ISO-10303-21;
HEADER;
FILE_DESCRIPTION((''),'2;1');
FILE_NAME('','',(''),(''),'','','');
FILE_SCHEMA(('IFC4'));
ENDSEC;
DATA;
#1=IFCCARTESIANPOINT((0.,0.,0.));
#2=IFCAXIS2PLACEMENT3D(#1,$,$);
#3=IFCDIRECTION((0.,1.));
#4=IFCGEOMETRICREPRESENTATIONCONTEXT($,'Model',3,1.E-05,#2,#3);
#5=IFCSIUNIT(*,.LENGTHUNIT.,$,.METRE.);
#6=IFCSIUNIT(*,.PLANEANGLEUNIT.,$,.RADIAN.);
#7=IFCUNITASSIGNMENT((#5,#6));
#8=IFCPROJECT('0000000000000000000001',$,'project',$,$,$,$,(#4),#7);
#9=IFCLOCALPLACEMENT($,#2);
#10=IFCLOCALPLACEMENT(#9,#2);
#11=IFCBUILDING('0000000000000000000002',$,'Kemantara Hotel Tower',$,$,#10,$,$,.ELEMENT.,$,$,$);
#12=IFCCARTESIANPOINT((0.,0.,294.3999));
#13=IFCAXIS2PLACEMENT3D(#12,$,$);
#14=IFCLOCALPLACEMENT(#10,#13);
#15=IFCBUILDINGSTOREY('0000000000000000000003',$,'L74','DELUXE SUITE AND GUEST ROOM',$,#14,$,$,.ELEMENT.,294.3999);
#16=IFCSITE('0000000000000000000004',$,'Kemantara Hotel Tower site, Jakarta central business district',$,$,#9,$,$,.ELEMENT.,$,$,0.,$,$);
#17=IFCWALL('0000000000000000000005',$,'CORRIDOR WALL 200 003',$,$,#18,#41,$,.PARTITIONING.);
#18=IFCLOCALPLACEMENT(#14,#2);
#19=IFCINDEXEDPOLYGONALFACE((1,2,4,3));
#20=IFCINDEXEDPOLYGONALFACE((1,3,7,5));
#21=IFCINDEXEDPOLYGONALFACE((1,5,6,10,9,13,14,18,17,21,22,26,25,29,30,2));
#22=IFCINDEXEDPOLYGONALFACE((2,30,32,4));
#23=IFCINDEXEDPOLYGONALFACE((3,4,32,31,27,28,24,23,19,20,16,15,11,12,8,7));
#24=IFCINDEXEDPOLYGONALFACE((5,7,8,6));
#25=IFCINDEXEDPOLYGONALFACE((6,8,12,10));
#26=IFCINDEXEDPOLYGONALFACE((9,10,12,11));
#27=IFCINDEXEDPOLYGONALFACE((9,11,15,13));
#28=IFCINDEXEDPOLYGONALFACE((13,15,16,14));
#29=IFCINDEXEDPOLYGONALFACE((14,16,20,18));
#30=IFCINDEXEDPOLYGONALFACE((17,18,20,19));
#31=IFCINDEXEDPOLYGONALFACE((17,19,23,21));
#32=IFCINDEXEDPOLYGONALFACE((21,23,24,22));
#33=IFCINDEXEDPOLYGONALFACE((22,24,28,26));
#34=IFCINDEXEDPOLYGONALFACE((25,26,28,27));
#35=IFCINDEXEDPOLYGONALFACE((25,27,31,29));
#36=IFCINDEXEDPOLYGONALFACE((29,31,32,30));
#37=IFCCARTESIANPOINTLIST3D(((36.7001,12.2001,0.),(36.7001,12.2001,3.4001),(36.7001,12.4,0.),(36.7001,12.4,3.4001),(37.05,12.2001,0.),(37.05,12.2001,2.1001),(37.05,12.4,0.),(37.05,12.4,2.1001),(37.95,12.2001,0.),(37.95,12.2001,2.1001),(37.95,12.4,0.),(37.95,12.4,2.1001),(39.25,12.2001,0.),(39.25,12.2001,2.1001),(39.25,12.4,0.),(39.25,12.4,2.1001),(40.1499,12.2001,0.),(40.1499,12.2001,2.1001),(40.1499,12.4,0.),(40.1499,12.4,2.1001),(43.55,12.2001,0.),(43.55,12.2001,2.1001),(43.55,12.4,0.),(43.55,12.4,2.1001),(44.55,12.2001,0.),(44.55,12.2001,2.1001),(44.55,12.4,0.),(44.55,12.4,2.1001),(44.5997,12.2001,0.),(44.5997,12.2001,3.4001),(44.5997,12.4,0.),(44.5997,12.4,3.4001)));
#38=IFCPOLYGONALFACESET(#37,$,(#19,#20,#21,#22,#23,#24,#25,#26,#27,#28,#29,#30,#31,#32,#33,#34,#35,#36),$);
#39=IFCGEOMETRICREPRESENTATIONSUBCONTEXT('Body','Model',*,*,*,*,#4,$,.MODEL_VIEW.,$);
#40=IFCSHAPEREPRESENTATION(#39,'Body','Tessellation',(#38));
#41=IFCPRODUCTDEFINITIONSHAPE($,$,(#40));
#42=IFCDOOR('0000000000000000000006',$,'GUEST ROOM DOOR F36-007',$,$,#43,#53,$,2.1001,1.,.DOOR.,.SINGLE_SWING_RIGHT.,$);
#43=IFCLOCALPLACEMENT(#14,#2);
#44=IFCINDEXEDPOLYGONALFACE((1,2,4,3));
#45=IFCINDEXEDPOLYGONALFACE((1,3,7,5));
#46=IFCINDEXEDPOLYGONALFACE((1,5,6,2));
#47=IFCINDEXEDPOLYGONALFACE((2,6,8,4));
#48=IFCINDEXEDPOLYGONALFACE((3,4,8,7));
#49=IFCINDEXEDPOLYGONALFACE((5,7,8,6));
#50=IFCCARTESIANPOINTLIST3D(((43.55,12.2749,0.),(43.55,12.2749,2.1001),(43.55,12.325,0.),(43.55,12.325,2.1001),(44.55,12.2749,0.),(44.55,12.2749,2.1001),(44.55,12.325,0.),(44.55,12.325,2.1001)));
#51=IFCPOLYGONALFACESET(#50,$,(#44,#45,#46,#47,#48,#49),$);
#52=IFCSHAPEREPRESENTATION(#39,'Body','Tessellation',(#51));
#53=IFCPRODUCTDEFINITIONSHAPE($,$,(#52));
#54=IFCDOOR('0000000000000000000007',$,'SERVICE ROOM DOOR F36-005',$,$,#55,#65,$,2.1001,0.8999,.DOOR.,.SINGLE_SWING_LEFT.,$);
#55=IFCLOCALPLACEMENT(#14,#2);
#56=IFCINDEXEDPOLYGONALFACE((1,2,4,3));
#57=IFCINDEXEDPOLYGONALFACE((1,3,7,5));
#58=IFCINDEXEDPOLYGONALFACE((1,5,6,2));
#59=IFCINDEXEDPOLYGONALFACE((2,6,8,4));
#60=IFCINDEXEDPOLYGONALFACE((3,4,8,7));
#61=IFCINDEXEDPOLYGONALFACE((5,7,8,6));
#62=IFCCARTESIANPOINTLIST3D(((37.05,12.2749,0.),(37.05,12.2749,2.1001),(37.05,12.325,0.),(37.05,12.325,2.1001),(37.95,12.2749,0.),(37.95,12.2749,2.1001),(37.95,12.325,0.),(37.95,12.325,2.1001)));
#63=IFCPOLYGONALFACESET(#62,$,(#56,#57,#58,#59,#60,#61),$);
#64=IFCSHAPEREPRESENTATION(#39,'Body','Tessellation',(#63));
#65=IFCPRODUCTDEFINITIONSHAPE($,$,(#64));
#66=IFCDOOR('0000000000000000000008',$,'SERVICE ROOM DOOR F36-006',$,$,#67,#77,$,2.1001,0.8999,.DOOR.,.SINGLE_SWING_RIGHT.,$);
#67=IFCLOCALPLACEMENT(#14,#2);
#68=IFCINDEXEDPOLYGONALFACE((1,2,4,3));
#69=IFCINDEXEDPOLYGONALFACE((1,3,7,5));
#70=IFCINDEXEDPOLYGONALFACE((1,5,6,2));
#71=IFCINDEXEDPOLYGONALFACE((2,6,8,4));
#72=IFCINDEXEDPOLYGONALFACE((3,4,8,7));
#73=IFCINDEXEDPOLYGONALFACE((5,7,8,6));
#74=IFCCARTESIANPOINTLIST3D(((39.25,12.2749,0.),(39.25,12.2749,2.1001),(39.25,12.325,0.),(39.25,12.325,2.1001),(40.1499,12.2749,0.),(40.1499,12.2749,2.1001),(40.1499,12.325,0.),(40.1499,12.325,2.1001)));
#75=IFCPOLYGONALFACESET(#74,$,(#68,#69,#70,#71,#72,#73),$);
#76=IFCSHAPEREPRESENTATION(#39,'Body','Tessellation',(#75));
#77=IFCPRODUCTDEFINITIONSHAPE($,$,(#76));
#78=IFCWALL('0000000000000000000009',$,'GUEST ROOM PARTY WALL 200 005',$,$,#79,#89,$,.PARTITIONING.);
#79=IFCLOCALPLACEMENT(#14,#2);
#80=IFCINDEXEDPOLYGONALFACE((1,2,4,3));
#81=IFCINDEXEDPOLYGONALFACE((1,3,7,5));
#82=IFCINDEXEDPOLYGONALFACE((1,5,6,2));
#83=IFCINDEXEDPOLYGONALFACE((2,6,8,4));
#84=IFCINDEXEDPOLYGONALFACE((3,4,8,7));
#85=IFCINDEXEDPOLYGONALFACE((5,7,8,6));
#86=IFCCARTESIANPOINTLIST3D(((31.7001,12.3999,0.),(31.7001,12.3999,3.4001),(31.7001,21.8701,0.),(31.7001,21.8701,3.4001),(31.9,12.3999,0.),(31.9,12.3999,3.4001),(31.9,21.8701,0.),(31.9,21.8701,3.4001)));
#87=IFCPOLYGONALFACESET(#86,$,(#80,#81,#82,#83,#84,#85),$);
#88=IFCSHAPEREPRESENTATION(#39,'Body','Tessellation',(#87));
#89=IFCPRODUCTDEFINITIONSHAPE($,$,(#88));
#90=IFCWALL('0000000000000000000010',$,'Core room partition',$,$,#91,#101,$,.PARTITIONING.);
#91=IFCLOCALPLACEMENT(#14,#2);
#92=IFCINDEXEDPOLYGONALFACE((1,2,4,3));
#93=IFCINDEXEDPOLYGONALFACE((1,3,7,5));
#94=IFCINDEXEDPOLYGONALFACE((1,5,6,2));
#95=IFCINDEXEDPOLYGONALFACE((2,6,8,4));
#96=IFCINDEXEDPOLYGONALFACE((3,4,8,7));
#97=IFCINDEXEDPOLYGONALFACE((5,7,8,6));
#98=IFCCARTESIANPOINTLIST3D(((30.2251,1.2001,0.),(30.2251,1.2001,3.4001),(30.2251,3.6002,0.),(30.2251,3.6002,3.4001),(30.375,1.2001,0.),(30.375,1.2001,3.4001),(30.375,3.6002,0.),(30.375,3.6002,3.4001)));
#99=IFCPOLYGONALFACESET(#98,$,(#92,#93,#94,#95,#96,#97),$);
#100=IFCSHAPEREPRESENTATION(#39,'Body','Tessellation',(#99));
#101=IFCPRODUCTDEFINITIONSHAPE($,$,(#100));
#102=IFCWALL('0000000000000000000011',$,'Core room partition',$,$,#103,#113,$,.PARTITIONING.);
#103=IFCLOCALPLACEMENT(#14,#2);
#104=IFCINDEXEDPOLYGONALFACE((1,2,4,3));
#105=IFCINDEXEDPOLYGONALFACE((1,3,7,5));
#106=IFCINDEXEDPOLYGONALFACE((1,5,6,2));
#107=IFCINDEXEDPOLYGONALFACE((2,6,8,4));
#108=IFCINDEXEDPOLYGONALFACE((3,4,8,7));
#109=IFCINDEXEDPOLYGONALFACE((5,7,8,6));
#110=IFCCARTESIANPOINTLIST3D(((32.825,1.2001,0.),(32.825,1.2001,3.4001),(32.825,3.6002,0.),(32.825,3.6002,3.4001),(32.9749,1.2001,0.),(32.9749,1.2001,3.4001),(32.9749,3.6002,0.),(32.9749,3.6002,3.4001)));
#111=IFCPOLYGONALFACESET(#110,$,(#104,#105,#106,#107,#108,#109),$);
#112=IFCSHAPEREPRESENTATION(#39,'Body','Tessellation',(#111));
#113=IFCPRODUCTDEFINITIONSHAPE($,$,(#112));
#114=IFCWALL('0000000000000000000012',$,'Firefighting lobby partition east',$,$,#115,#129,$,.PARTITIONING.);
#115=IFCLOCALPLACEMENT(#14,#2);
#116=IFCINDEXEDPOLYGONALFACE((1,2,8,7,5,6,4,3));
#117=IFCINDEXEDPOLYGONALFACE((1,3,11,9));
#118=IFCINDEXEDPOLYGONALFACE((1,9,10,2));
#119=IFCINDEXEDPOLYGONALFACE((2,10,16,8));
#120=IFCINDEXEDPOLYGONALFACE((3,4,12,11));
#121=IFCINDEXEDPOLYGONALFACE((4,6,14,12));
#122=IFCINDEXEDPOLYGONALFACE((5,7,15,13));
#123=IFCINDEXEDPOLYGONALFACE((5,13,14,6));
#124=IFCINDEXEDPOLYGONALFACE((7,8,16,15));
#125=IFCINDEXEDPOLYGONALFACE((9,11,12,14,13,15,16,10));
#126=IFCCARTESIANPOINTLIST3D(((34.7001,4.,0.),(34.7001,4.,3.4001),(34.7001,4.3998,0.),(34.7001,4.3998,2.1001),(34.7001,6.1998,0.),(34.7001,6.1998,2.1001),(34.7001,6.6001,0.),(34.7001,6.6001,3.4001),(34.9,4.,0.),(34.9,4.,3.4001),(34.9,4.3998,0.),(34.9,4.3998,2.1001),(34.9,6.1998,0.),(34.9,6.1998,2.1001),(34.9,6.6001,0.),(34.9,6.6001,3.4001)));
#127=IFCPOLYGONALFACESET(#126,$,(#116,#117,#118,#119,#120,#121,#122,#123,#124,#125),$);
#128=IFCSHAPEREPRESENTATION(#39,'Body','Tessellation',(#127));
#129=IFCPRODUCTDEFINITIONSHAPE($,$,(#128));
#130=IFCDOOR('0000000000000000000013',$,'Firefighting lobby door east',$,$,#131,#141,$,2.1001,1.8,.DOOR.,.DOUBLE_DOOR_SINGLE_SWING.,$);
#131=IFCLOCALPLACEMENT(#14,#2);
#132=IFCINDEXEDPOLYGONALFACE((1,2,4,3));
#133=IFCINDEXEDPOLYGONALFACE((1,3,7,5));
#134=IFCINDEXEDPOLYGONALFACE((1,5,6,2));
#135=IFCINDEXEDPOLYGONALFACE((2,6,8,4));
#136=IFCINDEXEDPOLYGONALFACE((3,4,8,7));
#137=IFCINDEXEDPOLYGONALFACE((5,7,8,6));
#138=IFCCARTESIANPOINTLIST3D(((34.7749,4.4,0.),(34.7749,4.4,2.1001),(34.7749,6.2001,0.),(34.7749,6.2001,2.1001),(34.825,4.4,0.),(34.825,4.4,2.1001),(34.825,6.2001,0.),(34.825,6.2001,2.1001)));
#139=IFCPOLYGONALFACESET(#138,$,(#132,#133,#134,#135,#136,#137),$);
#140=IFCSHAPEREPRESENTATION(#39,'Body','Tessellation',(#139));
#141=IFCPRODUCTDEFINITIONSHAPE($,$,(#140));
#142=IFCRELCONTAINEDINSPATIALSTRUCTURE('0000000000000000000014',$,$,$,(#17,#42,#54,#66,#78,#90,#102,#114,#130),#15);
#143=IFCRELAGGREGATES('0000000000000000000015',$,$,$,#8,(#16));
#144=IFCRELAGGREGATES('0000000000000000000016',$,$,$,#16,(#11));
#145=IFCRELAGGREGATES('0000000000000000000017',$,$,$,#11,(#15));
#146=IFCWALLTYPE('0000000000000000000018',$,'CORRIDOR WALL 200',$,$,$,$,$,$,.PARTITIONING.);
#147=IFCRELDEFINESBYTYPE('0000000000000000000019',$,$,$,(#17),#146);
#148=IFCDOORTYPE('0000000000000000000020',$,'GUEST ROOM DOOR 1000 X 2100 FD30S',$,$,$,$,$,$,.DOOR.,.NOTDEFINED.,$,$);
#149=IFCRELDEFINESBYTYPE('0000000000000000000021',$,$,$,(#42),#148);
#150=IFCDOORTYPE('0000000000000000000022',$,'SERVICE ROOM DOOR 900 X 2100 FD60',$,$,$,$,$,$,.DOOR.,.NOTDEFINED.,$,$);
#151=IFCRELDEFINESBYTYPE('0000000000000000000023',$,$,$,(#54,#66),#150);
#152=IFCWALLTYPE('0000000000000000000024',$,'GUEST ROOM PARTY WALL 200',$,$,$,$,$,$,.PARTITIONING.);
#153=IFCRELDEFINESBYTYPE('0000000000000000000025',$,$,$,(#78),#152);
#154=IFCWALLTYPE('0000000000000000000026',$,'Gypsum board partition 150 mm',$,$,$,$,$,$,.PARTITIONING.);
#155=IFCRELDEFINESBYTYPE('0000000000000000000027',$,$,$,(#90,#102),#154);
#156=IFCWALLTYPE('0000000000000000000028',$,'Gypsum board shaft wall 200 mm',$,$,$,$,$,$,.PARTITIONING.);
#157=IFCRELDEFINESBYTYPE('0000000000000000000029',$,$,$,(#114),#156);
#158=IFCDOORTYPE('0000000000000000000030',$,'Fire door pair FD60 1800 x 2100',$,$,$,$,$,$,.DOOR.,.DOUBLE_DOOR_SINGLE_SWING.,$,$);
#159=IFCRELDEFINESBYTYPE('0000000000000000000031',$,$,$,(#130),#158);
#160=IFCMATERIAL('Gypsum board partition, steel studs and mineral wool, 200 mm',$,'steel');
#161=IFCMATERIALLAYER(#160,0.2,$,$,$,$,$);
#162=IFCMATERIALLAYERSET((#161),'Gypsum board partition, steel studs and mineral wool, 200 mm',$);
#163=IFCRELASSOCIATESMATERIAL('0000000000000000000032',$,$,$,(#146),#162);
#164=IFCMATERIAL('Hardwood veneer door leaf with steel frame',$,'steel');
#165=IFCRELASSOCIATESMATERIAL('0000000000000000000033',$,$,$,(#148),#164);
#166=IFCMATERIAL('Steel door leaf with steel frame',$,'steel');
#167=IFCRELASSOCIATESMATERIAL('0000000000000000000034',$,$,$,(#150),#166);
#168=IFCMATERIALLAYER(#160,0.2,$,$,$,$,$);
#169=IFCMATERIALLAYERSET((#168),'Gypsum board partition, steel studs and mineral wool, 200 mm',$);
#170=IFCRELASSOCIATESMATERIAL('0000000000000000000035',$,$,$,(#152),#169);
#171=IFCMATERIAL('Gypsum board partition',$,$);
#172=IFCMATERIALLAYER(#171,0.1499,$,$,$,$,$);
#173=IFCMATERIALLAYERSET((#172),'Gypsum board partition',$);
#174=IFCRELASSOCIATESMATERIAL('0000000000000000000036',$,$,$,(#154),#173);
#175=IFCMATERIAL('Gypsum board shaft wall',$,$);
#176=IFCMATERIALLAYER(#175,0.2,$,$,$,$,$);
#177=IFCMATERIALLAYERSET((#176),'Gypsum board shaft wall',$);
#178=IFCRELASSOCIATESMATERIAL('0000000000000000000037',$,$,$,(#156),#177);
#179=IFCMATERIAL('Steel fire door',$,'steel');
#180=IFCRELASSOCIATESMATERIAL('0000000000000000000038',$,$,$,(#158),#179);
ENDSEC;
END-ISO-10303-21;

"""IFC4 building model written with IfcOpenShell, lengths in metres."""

from ifc_helpers import new_model, si_unit, direction, frame, frame_2d, origin, place, context, subcontext, project, spatial, rectangle, extrude, material, layer, layer_set, type_object, element, fill, save


model = new_model("IFC4")

# Units and contexts
model_context = context("Model", 3, precision=1e-05, world=origin(), true_north=direction((0.0, 1.0)))
body_context = subcontext(model_context, "Body", "Model", "MODEL_VIEW")
ifc_project = project(units=[si_unit("LENGTHUNIT", "METRE"), si_unit("PLANEANGLEUNIT", "RADIAN")], contexts=[model_context])

# Site, building, storey
site_placement = place(None, origin())
site = spatial("IfcSite", under=ifc_project, at=site_placement, Name="Kemantara Hotel Tower site, Jakarta central business district", CompositionType="ELEMENT", RefElevation=0.0)
building_placement = place(site_placement, origin())
building = spatial("IfcBuilding", under=site, at=building_placement, Name="Kemantara Hotel Tower", CompositionType="ELEMENT")
storey_placement = place(building_placement, frame((0.0, 0.0, 294.3999)))
storey = spatial("IfcBuildingStorey", under=building, at=storey_placement, Name="L74", Description="DELUXE SUITE AND GUEST ROOM", CompositionType="ELEMENT", Elevation=294.3999)

# Shared definitions
ifc_material_1 = material(Name="Steel fire door", Category="steel")

# Wall, openings, doors
ifc_material_2 = material(Name="Gypsum board partition, steel studs and mineral wool, 200 mm", Category="steel")
ifc_layer_1 = layer(ifc_material_2, 0.2)
ifc_layer_set_1 = layer_set([ifc_layer_1], Name="Gypsum board partition, steel studs and mineral wool, 200 mm")
wall_type_1 = type_object("IfcWallType", Name="CORRIDOR WALL 200", PredefinedType="PARTITIONING", material=ifc_layer_set_1)
wall_1_placement = place(storey_placement, frame((36.7002, 12.3, 0.0), z_axis=(0.0, 0.0, 1.0), x_axis=(1.0, 0.0, 0.0)))
wall_1 = element("IfcWall", 1, at=wall_1_placement, inside=storey, type_object=wall_type_1, Name="CORRIDOR WALL 200 003", PredefinedType="PARTITIONING", context=body_context, shape_type="SweptSolid", body=[
    extrude(rectangle(XDim=7.8997, YDim=0.2, at=frame_2d((3.9497, 0.0))), origin(), (0.0, 0.0, 1.0), 3.4001),
])
opening_1_placement = place(wall_1_placement, frame((0.3499, 0.0, 0.0)))
opening_1 = element("IfcOpeningElement", 2, at=opening_1_placement, cuts=wall_1, PredefinedType="OPENING", context=body_context, shape_type="SweptSolid", body=[
    extrude(rectangle(XDim=0.8999, YDim=2.1001, at=frame_2d((0.45, 1.05))), frame((0.0, 0.1099, 0.0), z_axis=(0.0, -1.0, 0.0), x_axis=(1.0, 0.0, 0.0)), (0.0, 0.0, 1.0), 0.22),
])
opening_2_placement = place(wall_1_placement, frame((2.5498, 0.0, 0.0)))
opening_2 = element("IfcOpeningElement", 3, at=opening_2_placement, cuts=wall_1, PredefinedType="OPENING", context=body_context, shape_type="SweptSolid", body=[
    extrude(rectangle(XDim=0.8999, YDim=2.1001, at=frame_2d((0.45, 1.05))), frame((0.0, 0.1099, 0.0), z_axis=(0.0, -1.0, 0.0), x_axis=(1.0, 0.0, 0.0)), (0.0, 0.0, 1.0), 0.22),
])
opening_3_placement = place(wall_1_placement, frame((6.8499, 0.0, 0.0)))
opening_3 = element("IfcOpeningElement", 4, at=opening_3_placement, cuts=wall_1, PredefinedType="OPENING", context=body_context, shape_type="SweptSolid", body=[
    extrude(rectangle(XDim=1.0, YDim=2.1001, at=frame_2d((0.5, 1.05))), frame((0.0, 0.1099, 0.0), z_axis=(0.0, -1.0, 0.0), x_axis=(1.0, 0.0, 0.0)), (0.0, 0.0, 1.0), 0.22),
])
ifc_material_3 = material(Name="Hardwood veneer door leaf with steel frame", Category="steel")
door_type_1 = type_object("IfcDoorType", Name="GUEST ROOM DOOR 1000 X 2100 FD30S", OperationType="NOTDEFINED", PredefinedType="DOOR", material=ifc_material_3)
door_1_placement = place(opening_3_placement, origin())
door_1 = element("IfcDoor", 5, at=door_1_placement, inside=storey, type_object=door_type_1, Name="GUEST ROOM DOOR F36-007", OperationType="SINGLE_SWING_RIGHT", OverallHeight=2.1001, OverallWidth=1.0, PredefinedType="DOOR", context=body_context, shape_type="SweptSolid", body=[
    extrude(rectangle(XDim=1.0, YDim=2.1001, at=frame_2d((0.5, 1.05))), frame((0.0, 0.0249, 0.0), z_axis=(0.0, -1.0, 0.0), x_axis=(1.0, 0.0, 0.0)), (0.0, 0.0, 1.0), 0.05),
])
fill(opening_3, door_1)
ifc_material_4 = material(Name="Steel door leaf with steel frame", Category="steel")
door_type_2 = type_object("IfcDoorType", Name="SERVICE ROOM DOOR 900 X 2100 FD60", OperationType="NOTDEFINED", PredefinedType="DOOR", material=ifc_material_4)
door_2_placement = place(opening_1_placement, origin())
door_2 = element("IfcDoor", 6, at=door_2_placement, inside=storey, type_object=door_type_2, Name="SERVICE ROOM DOOR F36-005", OperationType="SINGLE_SWING_LEFT", OverallHeight=2.1001, OverallWidth=0.8999, PredefinedType="DOOR", context=body_context, shape_type="SweptSolid", body=[
    extrude(rectangle(XDim=0.8999, YDim=2.1001, at=frame_2d((0.45, 1.05))), frame((0.0, 0.0249, 0.0), z_axis=(0.0, -1.0, 0.0), x_axis=(1.0, 0.0, 0.0)), (0.0, 0.0, 1.0), 0.05),
])
fill(opening_1, door_2)
door_3_placement = place(opening_2_placement, origin())
door_3 = element("IfcDoor", 7, at=door_3_placement, inside=storey, type_object=door_type_2, Name="SERVICE ROOM DOOR F36-006", OperationType="SINGLE_SWING_RIGHT", OverallHeight=2.1001, OverallWidth=0.8999, PredefinedType="DOOR", context=body_context, shape_type="SweptSolid", body=[
    extrude(rectangle(XDim=0.8999, YDim=2.1001, at=frame_2d((0.45, 1.05))), frame((0.0, 0.0249, 0.0), z_axis=(0.0, -1.0, 0.0), x_axis=(1.0, 0.0, 0.0)), (0.0, 0.0, 1.0), 0.05),
])
fill(opening_2, door_3)

# Walls
ifc_layer_2 = layer(ifc_material_2, 0.2)
ifc_layer_set_2 = layer_set([ifc_layer_2], Name="Gypsum board partition, steel studs and mineral wool, 200 mm")
wall_type_2 = type_object("IfcWallType", Name="GUEST ROOM PARTY WALL 200", PredefinedType="PARTITIONING", material=ifc_layer_set_2)
wall_2_placement = place(storey_placement, frame((31.8, 12.3999, 0.0), z_axis=(0.0, 0.0, 1.0), x_axis=(0.0, 1.0, 0.0)))
element("IfcWall", 8, at=wall_2_placement, inside=storey, type_object=wall_type_2, Name="GUEST ROOM PARTY WALL 200 005", PredefinedType="PARTITIONING", context=body_context, shape_type="SweptSolid", body=[
    extrude(rectangle(XDim=9.4702, YDim=0.2, at=frame_2d((4.7351, 0.0))), origin(), (0.0, 0.0, 1.0), 3.4001),
])
ifc_material_5 = material(Name="Gypsum board partition")
ifc_layer_3 = layer(ifc_material_5, 0.1499)
ifc_layer_set_3 = layer_set([ifc_layer_3], Name="Gypsum board partition")
wall_type_3 = type_object("IfcWallType", Name="Gypsum board partition 150 mm", PredefinedType="PARTITIONING", material=ifc_layer_set_3)
for number, where, z_axis, x_axis, name in (
    (9, (30.3, 1.2, 0.0), (0.0, 0.0, 1.0), (0.0, 1.0, 0.0), "Core room partition"),
    (10, (32.8999, 1.2, 0.0), (0.0, 0.0, 1.0), (0.0, 1.0, 0.0), "Core room partition"),
):
    element("IfcWall", number, at=place(storey_placement, frame(where, z_axis=z_axis, x_axis=x_axis)), inside=storey, type_object=wall_type_3, Name=name, PredefinedType="PARTITIONING", context=body_context, shape_type="SweptSolid", body=[
        extrude(rectangle(XDim=2.4001, YDim=0.1499, at=frame_2d((1.2002, 0.0))), origin(), (0.0, 0.0, 1.0), 3.4001),
    ])

# Wall, opening, door
ifc_material_6 = material(Name="Gypsum board shaft wall")
ifc_layer_4 = layer(ifc_material_6, 0.2)
ifc_layer_set_4 = layer_set([ifc_layer_4], Name="Gypsum board shaft wall")
wall_type_4 = type_object("IfcWallType", Name="Gypsum board shaft wall 200 mm", PredefinedType="PARTITIONING", material=ifc_layer_set_4)
wall_3_placement = place(storey_placement, frame((34.8, 4.0, 0.0), z_axis=(0.0, 0.0, 1.0), x_axis=(0.0, 1.0, 0.0)))
wall_3 = element("IfcWall", 11, at=wall_3_placement, inside=storey, type_object=wall_type_4, Name="Firefighting lobby partition east", PredefinedType="PARTITIONING", context=body_context, shape_type="SweptSolid", body=[
    extrude(rectangle(XDim=2.6001, YDim=0.2, at=frame_2d((1.3, 0.0))), origin(), (0.0, 0.0, 1.0), 3.4001),
])
opening_4_placement = place(wall_3_placement, frame((0.3999, 0.0, 0.0)))
opening_4 = element("IfcOpeningElement", 12, at=opening_4_placement, cuts=wall_3, PredefinedType="OPENING", context=body_context, shape_type="SweptSolid", body=[
    extrude(rectangle(XDim=1.8, YDim=2.1001, at=frame_2d((0.8999, 1.05))), frame((0.0, 0.1099, 0.0), z_axis=(0.0, -1.0, 0.0), x_axis=(1.0, 0.0, 0.0)), (0.0, 0.0, 1.0), 0.22),
])
door_type_3 = type_object("IfcDoorType", Name="Fire door pair FD60 1800 x 2100", OperationType="DOUBLE_DOOR_SINGLE_SWING", PredefinedType="DOOR", material=ifc_material_1)
door_4_placement = place(opening_4_placement, frame((1.8, 0.0, 0.0), z_axis=(0.0, 0.0, 1.0), x_axis=(-1.0, 0.0, 0.0)))
door_4 = element("IfcDoor", 13, at=door_4_placement, inside=storey, type_object=door_type_3, Name="Firefighting lobby door east", OperationType="DOUBLE_DOOR_SINGLE_SWING", OverallHeight=2.1001, OverallWidth=1.8, PredefinedType="DOOR", context=body_context, shape_type="SweptSolid", body=[
    extrude(rectangle(XDim=1.8, YDim=2.1001, at=frame_2d((0.8999, 1.05))), frame((0.0, 0.0249, 0.0), z_axis=(0.0, -1.0, 0.0), x_axis=(1.0, 0.0, 0.0)), (0.0, 0.0, 1.0), 0.05),
])
fill(opening_4, door_4)

save(model, "model.ifc")
